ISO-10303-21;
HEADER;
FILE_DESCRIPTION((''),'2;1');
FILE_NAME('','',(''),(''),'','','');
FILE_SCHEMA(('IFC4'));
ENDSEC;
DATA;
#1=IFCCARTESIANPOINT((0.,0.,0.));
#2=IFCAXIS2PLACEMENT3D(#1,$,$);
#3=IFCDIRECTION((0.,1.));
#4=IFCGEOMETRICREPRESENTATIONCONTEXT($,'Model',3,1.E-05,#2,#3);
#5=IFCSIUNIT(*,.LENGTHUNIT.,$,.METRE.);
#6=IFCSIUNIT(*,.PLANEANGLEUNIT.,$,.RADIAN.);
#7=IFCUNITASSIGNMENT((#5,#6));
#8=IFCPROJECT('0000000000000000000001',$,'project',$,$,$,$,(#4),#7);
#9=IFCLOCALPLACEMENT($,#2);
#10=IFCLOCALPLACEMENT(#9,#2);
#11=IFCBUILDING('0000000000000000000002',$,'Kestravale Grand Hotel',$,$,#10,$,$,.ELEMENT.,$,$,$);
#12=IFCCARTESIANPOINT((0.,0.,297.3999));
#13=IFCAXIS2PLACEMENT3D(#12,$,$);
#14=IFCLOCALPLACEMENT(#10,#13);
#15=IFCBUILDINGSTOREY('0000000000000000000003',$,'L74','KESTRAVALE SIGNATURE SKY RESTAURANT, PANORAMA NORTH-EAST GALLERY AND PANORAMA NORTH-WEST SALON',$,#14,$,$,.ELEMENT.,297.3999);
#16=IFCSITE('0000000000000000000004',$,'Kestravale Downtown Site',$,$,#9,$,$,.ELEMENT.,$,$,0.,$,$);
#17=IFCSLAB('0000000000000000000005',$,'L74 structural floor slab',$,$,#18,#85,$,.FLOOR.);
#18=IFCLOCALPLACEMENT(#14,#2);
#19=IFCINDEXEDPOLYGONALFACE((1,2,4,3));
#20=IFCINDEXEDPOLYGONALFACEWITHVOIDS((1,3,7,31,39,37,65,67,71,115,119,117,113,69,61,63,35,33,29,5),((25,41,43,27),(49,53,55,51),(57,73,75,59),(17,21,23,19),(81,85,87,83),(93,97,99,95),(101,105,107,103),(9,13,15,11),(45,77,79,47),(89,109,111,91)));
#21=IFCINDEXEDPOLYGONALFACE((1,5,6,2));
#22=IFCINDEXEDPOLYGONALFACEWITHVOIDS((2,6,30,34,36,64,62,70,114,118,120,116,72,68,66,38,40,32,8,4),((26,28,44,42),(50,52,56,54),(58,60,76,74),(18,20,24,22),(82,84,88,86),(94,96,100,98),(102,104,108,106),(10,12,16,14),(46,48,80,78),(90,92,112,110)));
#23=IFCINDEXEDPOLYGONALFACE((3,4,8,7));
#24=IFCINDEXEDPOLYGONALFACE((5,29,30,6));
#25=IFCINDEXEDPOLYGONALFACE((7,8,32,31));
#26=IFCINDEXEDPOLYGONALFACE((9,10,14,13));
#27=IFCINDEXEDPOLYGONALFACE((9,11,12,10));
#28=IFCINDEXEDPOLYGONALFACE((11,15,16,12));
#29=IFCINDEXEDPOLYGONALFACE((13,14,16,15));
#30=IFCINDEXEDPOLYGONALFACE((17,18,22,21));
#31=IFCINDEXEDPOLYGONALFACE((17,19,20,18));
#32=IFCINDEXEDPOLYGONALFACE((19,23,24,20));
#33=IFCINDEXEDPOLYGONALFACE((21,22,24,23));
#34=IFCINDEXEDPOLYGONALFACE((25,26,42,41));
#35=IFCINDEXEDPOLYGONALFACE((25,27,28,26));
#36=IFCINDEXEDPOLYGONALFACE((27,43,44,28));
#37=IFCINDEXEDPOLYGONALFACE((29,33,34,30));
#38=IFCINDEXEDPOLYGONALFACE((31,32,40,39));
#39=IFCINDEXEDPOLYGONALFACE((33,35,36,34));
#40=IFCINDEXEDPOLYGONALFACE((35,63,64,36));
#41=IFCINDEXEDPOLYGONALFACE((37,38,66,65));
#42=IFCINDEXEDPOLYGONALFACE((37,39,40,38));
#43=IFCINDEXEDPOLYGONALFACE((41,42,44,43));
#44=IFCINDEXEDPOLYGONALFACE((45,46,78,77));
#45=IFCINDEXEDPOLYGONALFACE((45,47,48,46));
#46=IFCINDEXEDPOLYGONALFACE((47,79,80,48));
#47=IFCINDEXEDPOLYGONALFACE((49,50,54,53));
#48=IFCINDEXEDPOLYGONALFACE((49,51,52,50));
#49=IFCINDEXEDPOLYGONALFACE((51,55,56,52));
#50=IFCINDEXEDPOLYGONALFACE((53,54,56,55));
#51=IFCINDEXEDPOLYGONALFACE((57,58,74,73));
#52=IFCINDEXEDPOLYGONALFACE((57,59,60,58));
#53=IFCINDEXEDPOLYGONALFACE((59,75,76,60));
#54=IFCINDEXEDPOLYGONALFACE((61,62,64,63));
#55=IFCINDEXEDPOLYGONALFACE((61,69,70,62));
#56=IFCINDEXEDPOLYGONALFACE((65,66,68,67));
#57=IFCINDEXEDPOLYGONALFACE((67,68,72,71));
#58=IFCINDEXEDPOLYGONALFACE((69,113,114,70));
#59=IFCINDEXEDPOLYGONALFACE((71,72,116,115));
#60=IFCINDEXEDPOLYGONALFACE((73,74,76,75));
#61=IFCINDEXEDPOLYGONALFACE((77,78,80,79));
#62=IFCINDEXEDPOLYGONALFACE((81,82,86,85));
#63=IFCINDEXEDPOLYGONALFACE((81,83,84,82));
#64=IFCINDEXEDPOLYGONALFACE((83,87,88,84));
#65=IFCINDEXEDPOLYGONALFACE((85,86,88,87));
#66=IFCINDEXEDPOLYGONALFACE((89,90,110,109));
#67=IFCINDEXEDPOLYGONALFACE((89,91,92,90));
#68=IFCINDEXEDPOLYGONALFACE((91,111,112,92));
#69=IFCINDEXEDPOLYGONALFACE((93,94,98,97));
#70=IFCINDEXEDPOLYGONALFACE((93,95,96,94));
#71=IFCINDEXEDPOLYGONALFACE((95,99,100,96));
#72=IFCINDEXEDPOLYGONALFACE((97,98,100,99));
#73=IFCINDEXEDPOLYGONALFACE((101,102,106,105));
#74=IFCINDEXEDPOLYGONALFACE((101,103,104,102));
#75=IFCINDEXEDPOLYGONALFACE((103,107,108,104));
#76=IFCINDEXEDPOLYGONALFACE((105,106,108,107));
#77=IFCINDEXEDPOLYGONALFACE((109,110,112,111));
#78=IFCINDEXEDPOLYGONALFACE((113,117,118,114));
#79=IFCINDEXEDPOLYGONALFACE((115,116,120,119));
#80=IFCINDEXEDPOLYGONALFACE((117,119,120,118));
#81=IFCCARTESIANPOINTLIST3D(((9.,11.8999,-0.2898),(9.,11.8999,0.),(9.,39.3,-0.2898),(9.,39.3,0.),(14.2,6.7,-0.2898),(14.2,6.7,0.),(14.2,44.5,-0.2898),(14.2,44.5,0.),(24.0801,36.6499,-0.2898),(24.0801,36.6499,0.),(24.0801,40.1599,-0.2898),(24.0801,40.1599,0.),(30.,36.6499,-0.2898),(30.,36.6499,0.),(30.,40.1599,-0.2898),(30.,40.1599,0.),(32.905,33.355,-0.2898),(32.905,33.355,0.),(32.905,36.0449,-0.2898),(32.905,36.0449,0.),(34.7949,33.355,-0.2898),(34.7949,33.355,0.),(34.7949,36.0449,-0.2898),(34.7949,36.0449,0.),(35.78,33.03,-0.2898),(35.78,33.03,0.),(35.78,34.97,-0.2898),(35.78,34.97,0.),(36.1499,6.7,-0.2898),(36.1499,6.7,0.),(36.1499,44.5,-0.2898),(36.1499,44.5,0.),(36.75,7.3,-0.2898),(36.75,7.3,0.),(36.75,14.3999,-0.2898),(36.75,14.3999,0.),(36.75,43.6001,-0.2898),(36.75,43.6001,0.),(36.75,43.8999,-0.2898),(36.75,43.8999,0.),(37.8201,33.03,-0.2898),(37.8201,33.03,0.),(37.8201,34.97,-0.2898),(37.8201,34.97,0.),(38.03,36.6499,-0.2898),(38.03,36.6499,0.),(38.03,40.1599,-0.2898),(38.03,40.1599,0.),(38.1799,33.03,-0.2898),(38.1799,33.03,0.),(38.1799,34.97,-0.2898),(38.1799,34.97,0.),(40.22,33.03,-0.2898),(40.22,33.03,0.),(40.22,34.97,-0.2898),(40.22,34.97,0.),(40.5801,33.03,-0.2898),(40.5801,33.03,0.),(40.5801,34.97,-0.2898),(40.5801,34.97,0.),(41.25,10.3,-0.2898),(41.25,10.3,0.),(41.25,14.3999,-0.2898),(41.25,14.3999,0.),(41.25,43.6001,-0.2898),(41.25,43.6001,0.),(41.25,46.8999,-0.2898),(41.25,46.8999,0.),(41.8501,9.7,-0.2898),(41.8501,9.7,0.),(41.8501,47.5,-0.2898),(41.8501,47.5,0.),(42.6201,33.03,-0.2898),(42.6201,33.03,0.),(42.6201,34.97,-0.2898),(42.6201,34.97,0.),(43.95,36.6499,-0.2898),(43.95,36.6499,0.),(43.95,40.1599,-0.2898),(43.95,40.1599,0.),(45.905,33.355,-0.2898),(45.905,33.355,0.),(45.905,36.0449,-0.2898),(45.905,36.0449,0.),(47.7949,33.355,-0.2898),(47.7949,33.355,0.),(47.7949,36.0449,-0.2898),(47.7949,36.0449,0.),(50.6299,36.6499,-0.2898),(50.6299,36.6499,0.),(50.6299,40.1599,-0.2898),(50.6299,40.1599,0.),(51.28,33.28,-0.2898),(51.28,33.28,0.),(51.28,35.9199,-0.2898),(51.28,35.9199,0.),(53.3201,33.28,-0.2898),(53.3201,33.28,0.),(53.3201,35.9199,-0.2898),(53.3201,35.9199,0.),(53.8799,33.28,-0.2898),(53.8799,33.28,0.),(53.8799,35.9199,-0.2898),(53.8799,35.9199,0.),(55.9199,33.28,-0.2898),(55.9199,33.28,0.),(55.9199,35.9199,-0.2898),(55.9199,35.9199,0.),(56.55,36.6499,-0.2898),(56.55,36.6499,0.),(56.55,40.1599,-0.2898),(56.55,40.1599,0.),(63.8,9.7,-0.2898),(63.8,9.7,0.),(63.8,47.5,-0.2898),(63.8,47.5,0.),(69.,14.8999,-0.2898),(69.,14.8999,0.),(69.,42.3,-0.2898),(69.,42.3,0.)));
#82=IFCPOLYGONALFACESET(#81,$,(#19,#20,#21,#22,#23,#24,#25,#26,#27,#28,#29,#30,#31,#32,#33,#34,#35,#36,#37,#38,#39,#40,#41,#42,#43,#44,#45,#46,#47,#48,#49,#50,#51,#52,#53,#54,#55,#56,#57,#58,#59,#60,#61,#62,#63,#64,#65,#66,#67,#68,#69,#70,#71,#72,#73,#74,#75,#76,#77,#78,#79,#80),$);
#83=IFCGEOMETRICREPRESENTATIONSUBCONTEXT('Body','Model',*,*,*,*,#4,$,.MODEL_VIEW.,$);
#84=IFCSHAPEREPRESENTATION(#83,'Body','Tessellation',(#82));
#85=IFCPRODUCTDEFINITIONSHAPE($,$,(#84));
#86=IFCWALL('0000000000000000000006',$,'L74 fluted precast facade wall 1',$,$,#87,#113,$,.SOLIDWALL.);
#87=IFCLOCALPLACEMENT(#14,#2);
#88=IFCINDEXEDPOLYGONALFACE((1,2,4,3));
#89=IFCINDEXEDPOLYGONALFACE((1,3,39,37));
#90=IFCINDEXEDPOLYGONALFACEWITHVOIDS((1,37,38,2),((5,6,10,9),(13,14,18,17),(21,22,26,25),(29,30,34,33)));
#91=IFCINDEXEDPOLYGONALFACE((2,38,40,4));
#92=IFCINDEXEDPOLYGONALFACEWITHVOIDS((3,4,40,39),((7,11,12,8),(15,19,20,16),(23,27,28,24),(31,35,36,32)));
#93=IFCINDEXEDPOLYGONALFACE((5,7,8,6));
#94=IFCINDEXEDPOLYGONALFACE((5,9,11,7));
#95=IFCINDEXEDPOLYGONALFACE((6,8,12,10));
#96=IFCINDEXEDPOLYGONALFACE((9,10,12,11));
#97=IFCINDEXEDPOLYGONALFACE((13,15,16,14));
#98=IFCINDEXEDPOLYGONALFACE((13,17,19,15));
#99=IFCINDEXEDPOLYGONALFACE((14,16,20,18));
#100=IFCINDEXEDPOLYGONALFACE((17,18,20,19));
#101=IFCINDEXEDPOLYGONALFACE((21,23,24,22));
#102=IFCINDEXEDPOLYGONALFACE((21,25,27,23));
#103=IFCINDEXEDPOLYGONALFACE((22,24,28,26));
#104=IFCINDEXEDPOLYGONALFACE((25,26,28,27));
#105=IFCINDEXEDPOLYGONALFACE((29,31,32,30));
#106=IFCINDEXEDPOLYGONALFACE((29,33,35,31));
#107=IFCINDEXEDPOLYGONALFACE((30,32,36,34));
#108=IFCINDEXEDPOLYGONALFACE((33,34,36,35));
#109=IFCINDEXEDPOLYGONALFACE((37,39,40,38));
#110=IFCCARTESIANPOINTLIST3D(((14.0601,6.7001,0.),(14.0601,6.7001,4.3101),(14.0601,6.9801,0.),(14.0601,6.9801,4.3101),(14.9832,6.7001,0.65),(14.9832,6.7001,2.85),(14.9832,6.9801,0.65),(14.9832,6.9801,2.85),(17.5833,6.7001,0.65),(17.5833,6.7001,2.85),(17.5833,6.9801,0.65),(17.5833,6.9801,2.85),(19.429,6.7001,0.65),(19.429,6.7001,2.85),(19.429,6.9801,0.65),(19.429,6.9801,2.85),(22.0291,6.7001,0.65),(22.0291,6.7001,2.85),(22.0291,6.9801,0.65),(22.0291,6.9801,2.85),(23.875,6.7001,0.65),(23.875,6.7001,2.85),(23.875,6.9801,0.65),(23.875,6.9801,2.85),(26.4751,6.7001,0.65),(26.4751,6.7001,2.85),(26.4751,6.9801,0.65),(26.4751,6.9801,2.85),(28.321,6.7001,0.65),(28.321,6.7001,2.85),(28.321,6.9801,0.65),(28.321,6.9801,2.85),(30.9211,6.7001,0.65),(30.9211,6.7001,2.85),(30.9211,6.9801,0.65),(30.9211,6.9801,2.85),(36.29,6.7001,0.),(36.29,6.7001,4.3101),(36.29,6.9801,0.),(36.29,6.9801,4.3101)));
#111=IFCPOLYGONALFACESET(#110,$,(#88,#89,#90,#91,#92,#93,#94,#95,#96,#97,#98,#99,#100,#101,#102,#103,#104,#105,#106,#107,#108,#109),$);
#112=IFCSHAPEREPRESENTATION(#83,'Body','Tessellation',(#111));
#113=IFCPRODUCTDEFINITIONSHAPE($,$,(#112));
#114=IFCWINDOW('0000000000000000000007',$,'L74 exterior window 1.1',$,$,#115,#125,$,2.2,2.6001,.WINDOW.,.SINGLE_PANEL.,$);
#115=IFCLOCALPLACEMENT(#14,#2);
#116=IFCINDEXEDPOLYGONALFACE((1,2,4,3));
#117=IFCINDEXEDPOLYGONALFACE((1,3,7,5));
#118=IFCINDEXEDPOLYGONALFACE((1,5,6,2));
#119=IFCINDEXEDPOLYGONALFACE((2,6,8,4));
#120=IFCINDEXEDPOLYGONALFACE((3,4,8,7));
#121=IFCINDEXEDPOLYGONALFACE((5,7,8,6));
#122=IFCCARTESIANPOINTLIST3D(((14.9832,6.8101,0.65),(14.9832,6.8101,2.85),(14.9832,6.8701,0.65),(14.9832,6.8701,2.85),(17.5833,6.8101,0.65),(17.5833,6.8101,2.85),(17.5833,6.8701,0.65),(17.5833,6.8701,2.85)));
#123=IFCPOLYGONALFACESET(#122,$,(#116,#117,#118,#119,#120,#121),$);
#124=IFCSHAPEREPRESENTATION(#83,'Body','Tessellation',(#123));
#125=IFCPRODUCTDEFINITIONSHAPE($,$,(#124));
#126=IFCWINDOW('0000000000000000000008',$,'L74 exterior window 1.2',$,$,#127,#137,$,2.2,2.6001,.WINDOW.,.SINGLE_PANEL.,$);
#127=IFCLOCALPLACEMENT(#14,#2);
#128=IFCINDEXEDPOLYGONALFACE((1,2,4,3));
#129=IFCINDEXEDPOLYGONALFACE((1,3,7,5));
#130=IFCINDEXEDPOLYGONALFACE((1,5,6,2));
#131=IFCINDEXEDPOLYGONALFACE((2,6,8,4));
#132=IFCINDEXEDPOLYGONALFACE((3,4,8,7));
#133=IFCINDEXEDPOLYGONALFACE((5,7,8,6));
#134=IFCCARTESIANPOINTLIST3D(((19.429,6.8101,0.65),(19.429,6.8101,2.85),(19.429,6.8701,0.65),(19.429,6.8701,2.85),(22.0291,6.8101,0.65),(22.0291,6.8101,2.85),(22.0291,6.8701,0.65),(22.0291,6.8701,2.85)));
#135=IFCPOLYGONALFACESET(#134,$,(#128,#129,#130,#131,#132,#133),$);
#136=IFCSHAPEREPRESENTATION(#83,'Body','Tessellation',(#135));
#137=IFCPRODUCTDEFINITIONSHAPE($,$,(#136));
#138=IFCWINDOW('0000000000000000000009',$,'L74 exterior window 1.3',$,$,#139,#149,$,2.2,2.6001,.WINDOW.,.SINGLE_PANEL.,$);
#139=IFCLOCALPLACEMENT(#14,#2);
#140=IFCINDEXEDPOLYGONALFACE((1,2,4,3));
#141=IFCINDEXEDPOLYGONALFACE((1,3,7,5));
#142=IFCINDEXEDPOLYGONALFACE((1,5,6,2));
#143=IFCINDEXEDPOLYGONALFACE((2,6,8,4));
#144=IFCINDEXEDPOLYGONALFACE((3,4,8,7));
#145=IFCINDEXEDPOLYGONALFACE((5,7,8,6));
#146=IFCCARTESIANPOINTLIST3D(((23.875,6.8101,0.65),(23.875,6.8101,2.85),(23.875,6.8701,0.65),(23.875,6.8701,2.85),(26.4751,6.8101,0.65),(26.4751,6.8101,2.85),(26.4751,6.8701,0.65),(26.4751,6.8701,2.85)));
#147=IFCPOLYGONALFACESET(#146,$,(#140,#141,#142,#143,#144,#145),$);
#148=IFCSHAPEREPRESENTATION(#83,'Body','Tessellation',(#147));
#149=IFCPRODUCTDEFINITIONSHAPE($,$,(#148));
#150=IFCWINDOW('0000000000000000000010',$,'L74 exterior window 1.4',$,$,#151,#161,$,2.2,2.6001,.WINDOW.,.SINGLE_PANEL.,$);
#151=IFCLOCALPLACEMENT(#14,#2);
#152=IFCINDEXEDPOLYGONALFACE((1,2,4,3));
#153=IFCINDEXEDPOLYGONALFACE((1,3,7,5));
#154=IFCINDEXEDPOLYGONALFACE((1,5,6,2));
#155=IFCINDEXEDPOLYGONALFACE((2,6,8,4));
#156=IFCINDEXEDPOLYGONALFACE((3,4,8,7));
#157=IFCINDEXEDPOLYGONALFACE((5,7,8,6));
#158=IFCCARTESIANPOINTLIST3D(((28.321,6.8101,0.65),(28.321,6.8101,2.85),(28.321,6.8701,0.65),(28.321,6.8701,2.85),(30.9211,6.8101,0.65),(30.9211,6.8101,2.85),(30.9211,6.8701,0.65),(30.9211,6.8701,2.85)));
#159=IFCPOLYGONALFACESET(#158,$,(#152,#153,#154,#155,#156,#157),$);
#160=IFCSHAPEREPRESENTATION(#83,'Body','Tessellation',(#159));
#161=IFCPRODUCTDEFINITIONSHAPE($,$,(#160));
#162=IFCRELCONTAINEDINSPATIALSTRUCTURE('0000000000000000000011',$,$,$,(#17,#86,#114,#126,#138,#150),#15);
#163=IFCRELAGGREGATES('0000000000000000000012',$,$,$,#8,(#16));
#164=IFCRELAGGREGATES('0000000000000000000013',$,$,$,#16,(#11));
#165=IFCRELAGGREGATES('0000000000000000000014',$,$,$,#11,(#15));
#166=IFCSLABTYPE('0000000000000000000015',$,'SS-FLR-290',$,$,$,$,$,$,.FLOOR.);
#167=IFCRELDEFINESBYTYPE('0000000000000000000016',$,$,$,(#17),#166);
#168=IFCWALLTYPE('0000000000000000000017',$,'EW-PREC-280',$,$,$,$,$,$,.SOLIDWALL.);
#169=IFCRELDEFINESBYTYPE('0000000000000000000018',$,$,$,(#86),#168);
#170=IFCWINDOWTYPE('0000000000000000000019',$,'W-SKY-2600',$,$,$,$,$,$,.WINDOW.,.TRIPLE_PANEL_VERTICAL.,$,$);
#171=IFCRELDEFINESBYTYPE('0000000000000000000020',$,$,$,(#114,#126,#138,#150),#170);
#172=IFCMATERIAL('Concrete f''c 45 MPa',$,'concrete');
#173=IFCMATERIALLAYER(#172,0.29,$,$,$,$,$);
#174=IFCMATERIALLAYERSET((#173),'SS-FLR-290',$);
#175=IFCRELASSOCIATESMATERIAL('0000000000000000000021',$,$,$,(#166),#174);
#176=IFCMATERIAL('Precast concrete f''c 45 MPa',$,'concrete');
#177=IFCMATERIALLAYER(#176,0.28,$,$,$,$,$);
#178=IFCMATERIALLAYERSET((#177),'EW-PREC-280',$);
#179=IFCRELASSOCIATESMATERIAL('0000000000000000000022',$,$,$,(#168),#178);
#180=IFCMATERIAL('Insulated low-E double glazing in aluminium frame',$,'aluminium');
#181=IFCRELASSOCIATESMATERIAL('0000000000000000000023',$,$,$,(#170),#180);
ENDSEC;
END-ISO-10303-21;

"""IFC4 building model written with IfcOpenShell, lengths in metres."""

from ifc_helpers import new_model, si_unit, direction, frame, frame_2d, origin, place, context, subcontext, project, spatial, polyline, rectangle, outline, extrude, material, layer, layer_set, type_object, element, fill, save


model = new_model("IFC4")

# Units and contexts
model_context = context("Model", 3, precision=1e-05, world=origin(), true_north=direction((0.0, 1.0)))
body_context = subcontext(model_context, "Body", "Model", "MODEL_VIEW")
ifc_project = project(units=[si_unit("LENGTHUNIT", "METRE"), si_unit("PLANEANGLEUNIT", "RADIAN")], contexts=[model_context])

# Site, building, storey
site_placement = place(None, origin())
site = spatial("IfcSite", under=ifc_project, at=site_placement, Name="Kestravale Downtown Site", CompositionType="ELEMENT", RefElevation=0.0)
building_placement = place(site_placement, origin())
building = spatial("IfcBuilding", under=site, at=building_placement, Name="Kestravale Grand Hotel", CompositionType="ELEMENT")
storey_placement = place(building_placement, frame((0.0, 0.0, 297.3999)))
storey = spatial("IfcBuildingStorey", under=building, at=storey_placement, Name="L74", Description="KESTRAVALE SIGNATURE SKY RESTAURANT, PANORAMA NORTH-EAST GALLERY AND PANORAMA NORTH-WEST SALON", CompositionType="ELEMENT", Elevation=297.3999)

# Slab
ifc_material_1 = material(Name="Concrete f'c 45 MPa", Category="concrete")
ifc_layer_1 = layer(ifc_material_1, 0.29)
ifc_layer_set_1 = layer_set([ifc_layer_1], Name="SS-FLR-290")
slab_type_1 = type_object("IfcSlabType", Name="SS-FLR-290", PredefinedType="FLOOR", material=ifc_layer_set_1)
slab_1_placement = place(storey_placement, frame((0.0, 0.0, -0.2898)))
element("IfcSlab", 1, at=slab_1_placement, inside=storey, type_object=slab_type_1, Name="L74 structural floor slab", PredefinedType="FLOOR", context=body_context, shape_type="SweptSolid", body=[
    extrude(outline(polyline([(14.2, 6.7), (36.1499, 6.7), (36.75, 7.3), (36.75, 14.3999), (41.25, 14.3999), (41.25, 10.3), (41.8501, 9.7), (63.8, 9.7), (69.0, 14.8999), (69.0, 42.3), (63.8, 47.5), (41.8501, 47.5), (41.25, 46.8999), (41.25, 43.6001), (36.75, 43.6001), (36.75, 43.8999), (36.1499, 44.5), (14.2, 44.5), (9.0, 39.3), (9.0, 11.8999), (14.2, 6.7)]), holes=[polyline([(24.0801, 36.6499), (30.0, 36.6499), (30.0, 40.1599), (24.0801, 40.1599), (24.0801, 36.6499)]), polyline([(38.03, 36.6499), (43.95, 36.6499), (43.95, 40.1599), (38.03, 40.1599), (38.03, 36.6499)]), polyline([(50.6299, 36.6499), (56.55, 36.6499), (56.55, 40.1599), (50.6299, 40.1599), (50.6299, 36.6499)]), polyline([(35.78, 33.03), (37.8201, 33.03), (37.8201, 34.97), (35.78, 34.97), (35.78, 33.03)]), polyline([(38.1799, 33.03), (40.22, 33.03), (40.22, 34.97), (38.1799, 34.97), (38.1799, 33.03)]), polyline([(40.5801, 33.03), (42.6201, 33.03), (42.6201, 34.97), (40.5801, 34.97), (40.5801, 33.03)]), polyline([(32.905, 33.355), (34.7949, 33.355), (34.7949, 36.0449), (32.905, 36.0449), (32.905, 33.355)]), polyline([(45.905, 33.355), (47.7949, 33.355), (47.7949, 36.0449), (45.905, 36.0449), (45.905, 33.355)]), polyline([(51.28, 33.28), (53.3201, 33.28), (53.3201, 35.9199), (51.28, 35.9199), (51.28, 33.28)]), polyline([(53.8799, 33.28), (55.9199, 33.28), (55.9199, 35.9199), (53.8799, 35.9199), (53.8799, 33.28)])]), origin(), (0.0, 0.0, 1.0), 0.2898),
])

# Wall, openings, windows
ifc_material_2 = material(Name="Precast concrete f'c 45 MPa", Category="concrete")
ifc_layer_2 = layer(ifc_material_2, 0.28)
ifc_layer_set_2 = layer_set([ifc_layer_2], Name="EW-PREC-280")
wall_type = type_object("IfcWallType", Name="EW-PREC-280", PredefinedType="SOLIDWALL", material=ifc_layer_set_2)
wall_placement = place(storey_placement, frame((14.0601, 6.8401, 0.0), z_axis=(0.0, 0.0, 1.0), x_axis=(1.0, 0.0, 0.0)))
wall = element("IfcWall", 2, at=wall_placement, inside=storey, type_object=wall_type, Name="L74 fluted precast facade wall 1", PredefinedType="SOLIDWALL", context=body_context, shape_type="SweptSolid", body=[
    extrude(rectangle(XDim=22.23, YDim=0.28, at=frame_2d((11.115, 0.0))), origin(), (0.0, 0.0, 1.0), 4.3101),
])
opening_1_placement = place(wall_placement, frame((0.9231, 0.0, 0.6499)))
opening_1 = element("IfcOpeningElement", 3, at=opening_1_placement, cuts=wall, PredefinedType="OPENING", context=body_context, shape_type="SweptSolid", body=[
    extrude(rectangle(XDim=2.6001, YDim=2.2, at=frame_2d((1.3, 1.1001))), frame((0.0, 0.1499, 0.0), z_axis=(0.0, -1.0, 0.0), x_axis=(1.0, 0.0, 0.0)), (0.0, 0.0, 1.0), 0.3),
])
opening_2_placement = place(wall_placement, frame((5.3689, 0.0, 0.6499)))
opening_2 = element("IfcOpeningElement", 4, at=opening_2_placement, cuts=wall, PredefinedType="OPENING", context=body_context, shape_type="SweptSolid", body=[
    extrude(rectangle(XDim=2.6001, YDim=2.2, at=frame_2d((1.3, 1.1001))), frame((0.0, 0.1499, 0.0), z_axis=(0.0, -1.0, 0.0), x_axis=(1.0, 0.0, 0.0)), (0.0, 0.0, 1.0), 0.3),
])
opening_3_placement = place(wall_placement, frame((9.8149, 0.0, 0.6499)))
opening_3 = element("IfcOpeningElement", 5, at=opening_3_placement, cuts=wall, PredefinedType="OPENING", context=body_context, shape_type="SweptSolid", body=[
    extrude(rectangle(XDim=2.6001, YDim=2.2, at=frame_2d((1.3, 1.1001))), frame((0.0, 0.1499, 0.0), z_axis=(0.0, -1.0, 0.0), x_axis=(1.0, 0.0, 0.0)), (0.0, 0.0, 1.0), 0.3),
])
opening_4_placement = place(wall_placement, frame((14.261, 0.0, 0.6499)))
opening_4 = element("IfcOpeningElement", 6, at=opening_4_placement, cuts=wall, PredefinedType="OPENING", context=body_context, shape_type="SweptSolid", body=[
    extrude(rectangle(XDim=2.6001, YDim=2.2, at=frame_2d((1.3, 1.1001))), frame((0.0, 0.1499, 0.0), z_axis=(0.0, -1.0, 0.0), x_axis=(1.0, 0.0, 0.0)), (0.0, 0.0, 1.0), 0.3),
])
ifc_material_3 = material(Name="Insulated low-E double glazing in aluminium frame", Category="aluminium")
window_type = type_object("IfcWindowType", Name="W-SKY-2600", PartitioningType="TRIPLE_PANEL_VERTICAL", PredefinedType="WINDOW", material=ifc_material_3)
window_1_placement = place(opening_1_placement, origin())
window_1 = element("IfcWindow", 7, at=window_1_placement, inside=storey, type_object=window_type, Name="L74 exterior window 1.1", OverallHeight=2.2, OverallWidth=2.6001, PartitioningType="SINGLE_PANEL", PredefinedType="WINDOW", context=body_context, shape_type="SweptSolid", body=[
    extrude(rectangle(XDim=2.6001, YDim=2.2, at=frame_2d((1.3, 1.1001))), frame((0.0, 0.03, 0.0), z_axis=(0.0, -1.0, 0.0), x_axis=(1.0, 0.0, 0.0)), (0.0, 0.0, 1.0), 0.0601),
])
fill(opening_1, window_1)
window_2_placement = place(opening_2_placement, origin())
window_2 = element("IfcWindow", 8, at=window_2_placement, inside=storey, type_object=window_type, Name="L74 exterior window 1.2", OverallHeight=2.2, OverallWidth=2.6001, PartitioningType="SINGLE_PANEL", PredefinedType="WINDOW", context=body_context, shape_type="SweptSolid", body=[
    extrude(rectangle(XDim=2.6001, YDim=2.2, at=frame_2d((1.3, 1.1001))), frame((0.0, 0.03, 0.0), z_axis=(0.0, -1.0, 0.0), x_axis=(1.0, 0.0, 0.0)), (0.0, 0.0, 1.0), 0.0601),
])
fill(opening_2, window_2)
window_3_placement = place(opening_3_placement, origin())
window_3 = element("IfcWindow", 9, at=window_3_placement, inside=storey, type_object=window_type, Name="L74 exterior window 1.3", OverallHeight=2.2, OverallWidth=2.6001, PartitioningType="SINGLE_PANEL", PredefinedType="WINDOW", context=body_context, shape_type="SweptSolid", body=[
    extrude(rectangle(XDim=2.6001, YDim=2.2, at=frame_2d((1.3, 1.1001))), frame((0.0, 0.03, 0.0), z_axis=(0.0, -1.0, 0.0), x_axis=(1.0, 0.0, 0.0)), (0.0, 0.0, 1.0), 0.0601),
])
fill(opening_3, window_3)
window_4_placement = place(opening_4_placement, origin())
window_4 = element("IfcWindow", 10, at=window_4_placement, inside=storey, type_object=window_type, Name="L74 exterior window 1.4", OverallHeight=2.2, OverallWidth=2.6001, PartitioningType="SINGLE_PANEL", PredefinedType="WINDOW", context=body_context, shape_type="SweptSolid", body=[
    extrude(rectangle(XDim=2.6001, YDim=2.2, at=frame_2d((1.3, 1.1001))), frame((0.0, 0.03, 0.0), z_axis=(0.0, -1.0, 0.0), x_axis=(1.0, 0.0, 0.0)), (0.0, 0.0, 1.0), 0.0601),
])
fill(opening_4, window_4)

save(model, "model.ifc")
